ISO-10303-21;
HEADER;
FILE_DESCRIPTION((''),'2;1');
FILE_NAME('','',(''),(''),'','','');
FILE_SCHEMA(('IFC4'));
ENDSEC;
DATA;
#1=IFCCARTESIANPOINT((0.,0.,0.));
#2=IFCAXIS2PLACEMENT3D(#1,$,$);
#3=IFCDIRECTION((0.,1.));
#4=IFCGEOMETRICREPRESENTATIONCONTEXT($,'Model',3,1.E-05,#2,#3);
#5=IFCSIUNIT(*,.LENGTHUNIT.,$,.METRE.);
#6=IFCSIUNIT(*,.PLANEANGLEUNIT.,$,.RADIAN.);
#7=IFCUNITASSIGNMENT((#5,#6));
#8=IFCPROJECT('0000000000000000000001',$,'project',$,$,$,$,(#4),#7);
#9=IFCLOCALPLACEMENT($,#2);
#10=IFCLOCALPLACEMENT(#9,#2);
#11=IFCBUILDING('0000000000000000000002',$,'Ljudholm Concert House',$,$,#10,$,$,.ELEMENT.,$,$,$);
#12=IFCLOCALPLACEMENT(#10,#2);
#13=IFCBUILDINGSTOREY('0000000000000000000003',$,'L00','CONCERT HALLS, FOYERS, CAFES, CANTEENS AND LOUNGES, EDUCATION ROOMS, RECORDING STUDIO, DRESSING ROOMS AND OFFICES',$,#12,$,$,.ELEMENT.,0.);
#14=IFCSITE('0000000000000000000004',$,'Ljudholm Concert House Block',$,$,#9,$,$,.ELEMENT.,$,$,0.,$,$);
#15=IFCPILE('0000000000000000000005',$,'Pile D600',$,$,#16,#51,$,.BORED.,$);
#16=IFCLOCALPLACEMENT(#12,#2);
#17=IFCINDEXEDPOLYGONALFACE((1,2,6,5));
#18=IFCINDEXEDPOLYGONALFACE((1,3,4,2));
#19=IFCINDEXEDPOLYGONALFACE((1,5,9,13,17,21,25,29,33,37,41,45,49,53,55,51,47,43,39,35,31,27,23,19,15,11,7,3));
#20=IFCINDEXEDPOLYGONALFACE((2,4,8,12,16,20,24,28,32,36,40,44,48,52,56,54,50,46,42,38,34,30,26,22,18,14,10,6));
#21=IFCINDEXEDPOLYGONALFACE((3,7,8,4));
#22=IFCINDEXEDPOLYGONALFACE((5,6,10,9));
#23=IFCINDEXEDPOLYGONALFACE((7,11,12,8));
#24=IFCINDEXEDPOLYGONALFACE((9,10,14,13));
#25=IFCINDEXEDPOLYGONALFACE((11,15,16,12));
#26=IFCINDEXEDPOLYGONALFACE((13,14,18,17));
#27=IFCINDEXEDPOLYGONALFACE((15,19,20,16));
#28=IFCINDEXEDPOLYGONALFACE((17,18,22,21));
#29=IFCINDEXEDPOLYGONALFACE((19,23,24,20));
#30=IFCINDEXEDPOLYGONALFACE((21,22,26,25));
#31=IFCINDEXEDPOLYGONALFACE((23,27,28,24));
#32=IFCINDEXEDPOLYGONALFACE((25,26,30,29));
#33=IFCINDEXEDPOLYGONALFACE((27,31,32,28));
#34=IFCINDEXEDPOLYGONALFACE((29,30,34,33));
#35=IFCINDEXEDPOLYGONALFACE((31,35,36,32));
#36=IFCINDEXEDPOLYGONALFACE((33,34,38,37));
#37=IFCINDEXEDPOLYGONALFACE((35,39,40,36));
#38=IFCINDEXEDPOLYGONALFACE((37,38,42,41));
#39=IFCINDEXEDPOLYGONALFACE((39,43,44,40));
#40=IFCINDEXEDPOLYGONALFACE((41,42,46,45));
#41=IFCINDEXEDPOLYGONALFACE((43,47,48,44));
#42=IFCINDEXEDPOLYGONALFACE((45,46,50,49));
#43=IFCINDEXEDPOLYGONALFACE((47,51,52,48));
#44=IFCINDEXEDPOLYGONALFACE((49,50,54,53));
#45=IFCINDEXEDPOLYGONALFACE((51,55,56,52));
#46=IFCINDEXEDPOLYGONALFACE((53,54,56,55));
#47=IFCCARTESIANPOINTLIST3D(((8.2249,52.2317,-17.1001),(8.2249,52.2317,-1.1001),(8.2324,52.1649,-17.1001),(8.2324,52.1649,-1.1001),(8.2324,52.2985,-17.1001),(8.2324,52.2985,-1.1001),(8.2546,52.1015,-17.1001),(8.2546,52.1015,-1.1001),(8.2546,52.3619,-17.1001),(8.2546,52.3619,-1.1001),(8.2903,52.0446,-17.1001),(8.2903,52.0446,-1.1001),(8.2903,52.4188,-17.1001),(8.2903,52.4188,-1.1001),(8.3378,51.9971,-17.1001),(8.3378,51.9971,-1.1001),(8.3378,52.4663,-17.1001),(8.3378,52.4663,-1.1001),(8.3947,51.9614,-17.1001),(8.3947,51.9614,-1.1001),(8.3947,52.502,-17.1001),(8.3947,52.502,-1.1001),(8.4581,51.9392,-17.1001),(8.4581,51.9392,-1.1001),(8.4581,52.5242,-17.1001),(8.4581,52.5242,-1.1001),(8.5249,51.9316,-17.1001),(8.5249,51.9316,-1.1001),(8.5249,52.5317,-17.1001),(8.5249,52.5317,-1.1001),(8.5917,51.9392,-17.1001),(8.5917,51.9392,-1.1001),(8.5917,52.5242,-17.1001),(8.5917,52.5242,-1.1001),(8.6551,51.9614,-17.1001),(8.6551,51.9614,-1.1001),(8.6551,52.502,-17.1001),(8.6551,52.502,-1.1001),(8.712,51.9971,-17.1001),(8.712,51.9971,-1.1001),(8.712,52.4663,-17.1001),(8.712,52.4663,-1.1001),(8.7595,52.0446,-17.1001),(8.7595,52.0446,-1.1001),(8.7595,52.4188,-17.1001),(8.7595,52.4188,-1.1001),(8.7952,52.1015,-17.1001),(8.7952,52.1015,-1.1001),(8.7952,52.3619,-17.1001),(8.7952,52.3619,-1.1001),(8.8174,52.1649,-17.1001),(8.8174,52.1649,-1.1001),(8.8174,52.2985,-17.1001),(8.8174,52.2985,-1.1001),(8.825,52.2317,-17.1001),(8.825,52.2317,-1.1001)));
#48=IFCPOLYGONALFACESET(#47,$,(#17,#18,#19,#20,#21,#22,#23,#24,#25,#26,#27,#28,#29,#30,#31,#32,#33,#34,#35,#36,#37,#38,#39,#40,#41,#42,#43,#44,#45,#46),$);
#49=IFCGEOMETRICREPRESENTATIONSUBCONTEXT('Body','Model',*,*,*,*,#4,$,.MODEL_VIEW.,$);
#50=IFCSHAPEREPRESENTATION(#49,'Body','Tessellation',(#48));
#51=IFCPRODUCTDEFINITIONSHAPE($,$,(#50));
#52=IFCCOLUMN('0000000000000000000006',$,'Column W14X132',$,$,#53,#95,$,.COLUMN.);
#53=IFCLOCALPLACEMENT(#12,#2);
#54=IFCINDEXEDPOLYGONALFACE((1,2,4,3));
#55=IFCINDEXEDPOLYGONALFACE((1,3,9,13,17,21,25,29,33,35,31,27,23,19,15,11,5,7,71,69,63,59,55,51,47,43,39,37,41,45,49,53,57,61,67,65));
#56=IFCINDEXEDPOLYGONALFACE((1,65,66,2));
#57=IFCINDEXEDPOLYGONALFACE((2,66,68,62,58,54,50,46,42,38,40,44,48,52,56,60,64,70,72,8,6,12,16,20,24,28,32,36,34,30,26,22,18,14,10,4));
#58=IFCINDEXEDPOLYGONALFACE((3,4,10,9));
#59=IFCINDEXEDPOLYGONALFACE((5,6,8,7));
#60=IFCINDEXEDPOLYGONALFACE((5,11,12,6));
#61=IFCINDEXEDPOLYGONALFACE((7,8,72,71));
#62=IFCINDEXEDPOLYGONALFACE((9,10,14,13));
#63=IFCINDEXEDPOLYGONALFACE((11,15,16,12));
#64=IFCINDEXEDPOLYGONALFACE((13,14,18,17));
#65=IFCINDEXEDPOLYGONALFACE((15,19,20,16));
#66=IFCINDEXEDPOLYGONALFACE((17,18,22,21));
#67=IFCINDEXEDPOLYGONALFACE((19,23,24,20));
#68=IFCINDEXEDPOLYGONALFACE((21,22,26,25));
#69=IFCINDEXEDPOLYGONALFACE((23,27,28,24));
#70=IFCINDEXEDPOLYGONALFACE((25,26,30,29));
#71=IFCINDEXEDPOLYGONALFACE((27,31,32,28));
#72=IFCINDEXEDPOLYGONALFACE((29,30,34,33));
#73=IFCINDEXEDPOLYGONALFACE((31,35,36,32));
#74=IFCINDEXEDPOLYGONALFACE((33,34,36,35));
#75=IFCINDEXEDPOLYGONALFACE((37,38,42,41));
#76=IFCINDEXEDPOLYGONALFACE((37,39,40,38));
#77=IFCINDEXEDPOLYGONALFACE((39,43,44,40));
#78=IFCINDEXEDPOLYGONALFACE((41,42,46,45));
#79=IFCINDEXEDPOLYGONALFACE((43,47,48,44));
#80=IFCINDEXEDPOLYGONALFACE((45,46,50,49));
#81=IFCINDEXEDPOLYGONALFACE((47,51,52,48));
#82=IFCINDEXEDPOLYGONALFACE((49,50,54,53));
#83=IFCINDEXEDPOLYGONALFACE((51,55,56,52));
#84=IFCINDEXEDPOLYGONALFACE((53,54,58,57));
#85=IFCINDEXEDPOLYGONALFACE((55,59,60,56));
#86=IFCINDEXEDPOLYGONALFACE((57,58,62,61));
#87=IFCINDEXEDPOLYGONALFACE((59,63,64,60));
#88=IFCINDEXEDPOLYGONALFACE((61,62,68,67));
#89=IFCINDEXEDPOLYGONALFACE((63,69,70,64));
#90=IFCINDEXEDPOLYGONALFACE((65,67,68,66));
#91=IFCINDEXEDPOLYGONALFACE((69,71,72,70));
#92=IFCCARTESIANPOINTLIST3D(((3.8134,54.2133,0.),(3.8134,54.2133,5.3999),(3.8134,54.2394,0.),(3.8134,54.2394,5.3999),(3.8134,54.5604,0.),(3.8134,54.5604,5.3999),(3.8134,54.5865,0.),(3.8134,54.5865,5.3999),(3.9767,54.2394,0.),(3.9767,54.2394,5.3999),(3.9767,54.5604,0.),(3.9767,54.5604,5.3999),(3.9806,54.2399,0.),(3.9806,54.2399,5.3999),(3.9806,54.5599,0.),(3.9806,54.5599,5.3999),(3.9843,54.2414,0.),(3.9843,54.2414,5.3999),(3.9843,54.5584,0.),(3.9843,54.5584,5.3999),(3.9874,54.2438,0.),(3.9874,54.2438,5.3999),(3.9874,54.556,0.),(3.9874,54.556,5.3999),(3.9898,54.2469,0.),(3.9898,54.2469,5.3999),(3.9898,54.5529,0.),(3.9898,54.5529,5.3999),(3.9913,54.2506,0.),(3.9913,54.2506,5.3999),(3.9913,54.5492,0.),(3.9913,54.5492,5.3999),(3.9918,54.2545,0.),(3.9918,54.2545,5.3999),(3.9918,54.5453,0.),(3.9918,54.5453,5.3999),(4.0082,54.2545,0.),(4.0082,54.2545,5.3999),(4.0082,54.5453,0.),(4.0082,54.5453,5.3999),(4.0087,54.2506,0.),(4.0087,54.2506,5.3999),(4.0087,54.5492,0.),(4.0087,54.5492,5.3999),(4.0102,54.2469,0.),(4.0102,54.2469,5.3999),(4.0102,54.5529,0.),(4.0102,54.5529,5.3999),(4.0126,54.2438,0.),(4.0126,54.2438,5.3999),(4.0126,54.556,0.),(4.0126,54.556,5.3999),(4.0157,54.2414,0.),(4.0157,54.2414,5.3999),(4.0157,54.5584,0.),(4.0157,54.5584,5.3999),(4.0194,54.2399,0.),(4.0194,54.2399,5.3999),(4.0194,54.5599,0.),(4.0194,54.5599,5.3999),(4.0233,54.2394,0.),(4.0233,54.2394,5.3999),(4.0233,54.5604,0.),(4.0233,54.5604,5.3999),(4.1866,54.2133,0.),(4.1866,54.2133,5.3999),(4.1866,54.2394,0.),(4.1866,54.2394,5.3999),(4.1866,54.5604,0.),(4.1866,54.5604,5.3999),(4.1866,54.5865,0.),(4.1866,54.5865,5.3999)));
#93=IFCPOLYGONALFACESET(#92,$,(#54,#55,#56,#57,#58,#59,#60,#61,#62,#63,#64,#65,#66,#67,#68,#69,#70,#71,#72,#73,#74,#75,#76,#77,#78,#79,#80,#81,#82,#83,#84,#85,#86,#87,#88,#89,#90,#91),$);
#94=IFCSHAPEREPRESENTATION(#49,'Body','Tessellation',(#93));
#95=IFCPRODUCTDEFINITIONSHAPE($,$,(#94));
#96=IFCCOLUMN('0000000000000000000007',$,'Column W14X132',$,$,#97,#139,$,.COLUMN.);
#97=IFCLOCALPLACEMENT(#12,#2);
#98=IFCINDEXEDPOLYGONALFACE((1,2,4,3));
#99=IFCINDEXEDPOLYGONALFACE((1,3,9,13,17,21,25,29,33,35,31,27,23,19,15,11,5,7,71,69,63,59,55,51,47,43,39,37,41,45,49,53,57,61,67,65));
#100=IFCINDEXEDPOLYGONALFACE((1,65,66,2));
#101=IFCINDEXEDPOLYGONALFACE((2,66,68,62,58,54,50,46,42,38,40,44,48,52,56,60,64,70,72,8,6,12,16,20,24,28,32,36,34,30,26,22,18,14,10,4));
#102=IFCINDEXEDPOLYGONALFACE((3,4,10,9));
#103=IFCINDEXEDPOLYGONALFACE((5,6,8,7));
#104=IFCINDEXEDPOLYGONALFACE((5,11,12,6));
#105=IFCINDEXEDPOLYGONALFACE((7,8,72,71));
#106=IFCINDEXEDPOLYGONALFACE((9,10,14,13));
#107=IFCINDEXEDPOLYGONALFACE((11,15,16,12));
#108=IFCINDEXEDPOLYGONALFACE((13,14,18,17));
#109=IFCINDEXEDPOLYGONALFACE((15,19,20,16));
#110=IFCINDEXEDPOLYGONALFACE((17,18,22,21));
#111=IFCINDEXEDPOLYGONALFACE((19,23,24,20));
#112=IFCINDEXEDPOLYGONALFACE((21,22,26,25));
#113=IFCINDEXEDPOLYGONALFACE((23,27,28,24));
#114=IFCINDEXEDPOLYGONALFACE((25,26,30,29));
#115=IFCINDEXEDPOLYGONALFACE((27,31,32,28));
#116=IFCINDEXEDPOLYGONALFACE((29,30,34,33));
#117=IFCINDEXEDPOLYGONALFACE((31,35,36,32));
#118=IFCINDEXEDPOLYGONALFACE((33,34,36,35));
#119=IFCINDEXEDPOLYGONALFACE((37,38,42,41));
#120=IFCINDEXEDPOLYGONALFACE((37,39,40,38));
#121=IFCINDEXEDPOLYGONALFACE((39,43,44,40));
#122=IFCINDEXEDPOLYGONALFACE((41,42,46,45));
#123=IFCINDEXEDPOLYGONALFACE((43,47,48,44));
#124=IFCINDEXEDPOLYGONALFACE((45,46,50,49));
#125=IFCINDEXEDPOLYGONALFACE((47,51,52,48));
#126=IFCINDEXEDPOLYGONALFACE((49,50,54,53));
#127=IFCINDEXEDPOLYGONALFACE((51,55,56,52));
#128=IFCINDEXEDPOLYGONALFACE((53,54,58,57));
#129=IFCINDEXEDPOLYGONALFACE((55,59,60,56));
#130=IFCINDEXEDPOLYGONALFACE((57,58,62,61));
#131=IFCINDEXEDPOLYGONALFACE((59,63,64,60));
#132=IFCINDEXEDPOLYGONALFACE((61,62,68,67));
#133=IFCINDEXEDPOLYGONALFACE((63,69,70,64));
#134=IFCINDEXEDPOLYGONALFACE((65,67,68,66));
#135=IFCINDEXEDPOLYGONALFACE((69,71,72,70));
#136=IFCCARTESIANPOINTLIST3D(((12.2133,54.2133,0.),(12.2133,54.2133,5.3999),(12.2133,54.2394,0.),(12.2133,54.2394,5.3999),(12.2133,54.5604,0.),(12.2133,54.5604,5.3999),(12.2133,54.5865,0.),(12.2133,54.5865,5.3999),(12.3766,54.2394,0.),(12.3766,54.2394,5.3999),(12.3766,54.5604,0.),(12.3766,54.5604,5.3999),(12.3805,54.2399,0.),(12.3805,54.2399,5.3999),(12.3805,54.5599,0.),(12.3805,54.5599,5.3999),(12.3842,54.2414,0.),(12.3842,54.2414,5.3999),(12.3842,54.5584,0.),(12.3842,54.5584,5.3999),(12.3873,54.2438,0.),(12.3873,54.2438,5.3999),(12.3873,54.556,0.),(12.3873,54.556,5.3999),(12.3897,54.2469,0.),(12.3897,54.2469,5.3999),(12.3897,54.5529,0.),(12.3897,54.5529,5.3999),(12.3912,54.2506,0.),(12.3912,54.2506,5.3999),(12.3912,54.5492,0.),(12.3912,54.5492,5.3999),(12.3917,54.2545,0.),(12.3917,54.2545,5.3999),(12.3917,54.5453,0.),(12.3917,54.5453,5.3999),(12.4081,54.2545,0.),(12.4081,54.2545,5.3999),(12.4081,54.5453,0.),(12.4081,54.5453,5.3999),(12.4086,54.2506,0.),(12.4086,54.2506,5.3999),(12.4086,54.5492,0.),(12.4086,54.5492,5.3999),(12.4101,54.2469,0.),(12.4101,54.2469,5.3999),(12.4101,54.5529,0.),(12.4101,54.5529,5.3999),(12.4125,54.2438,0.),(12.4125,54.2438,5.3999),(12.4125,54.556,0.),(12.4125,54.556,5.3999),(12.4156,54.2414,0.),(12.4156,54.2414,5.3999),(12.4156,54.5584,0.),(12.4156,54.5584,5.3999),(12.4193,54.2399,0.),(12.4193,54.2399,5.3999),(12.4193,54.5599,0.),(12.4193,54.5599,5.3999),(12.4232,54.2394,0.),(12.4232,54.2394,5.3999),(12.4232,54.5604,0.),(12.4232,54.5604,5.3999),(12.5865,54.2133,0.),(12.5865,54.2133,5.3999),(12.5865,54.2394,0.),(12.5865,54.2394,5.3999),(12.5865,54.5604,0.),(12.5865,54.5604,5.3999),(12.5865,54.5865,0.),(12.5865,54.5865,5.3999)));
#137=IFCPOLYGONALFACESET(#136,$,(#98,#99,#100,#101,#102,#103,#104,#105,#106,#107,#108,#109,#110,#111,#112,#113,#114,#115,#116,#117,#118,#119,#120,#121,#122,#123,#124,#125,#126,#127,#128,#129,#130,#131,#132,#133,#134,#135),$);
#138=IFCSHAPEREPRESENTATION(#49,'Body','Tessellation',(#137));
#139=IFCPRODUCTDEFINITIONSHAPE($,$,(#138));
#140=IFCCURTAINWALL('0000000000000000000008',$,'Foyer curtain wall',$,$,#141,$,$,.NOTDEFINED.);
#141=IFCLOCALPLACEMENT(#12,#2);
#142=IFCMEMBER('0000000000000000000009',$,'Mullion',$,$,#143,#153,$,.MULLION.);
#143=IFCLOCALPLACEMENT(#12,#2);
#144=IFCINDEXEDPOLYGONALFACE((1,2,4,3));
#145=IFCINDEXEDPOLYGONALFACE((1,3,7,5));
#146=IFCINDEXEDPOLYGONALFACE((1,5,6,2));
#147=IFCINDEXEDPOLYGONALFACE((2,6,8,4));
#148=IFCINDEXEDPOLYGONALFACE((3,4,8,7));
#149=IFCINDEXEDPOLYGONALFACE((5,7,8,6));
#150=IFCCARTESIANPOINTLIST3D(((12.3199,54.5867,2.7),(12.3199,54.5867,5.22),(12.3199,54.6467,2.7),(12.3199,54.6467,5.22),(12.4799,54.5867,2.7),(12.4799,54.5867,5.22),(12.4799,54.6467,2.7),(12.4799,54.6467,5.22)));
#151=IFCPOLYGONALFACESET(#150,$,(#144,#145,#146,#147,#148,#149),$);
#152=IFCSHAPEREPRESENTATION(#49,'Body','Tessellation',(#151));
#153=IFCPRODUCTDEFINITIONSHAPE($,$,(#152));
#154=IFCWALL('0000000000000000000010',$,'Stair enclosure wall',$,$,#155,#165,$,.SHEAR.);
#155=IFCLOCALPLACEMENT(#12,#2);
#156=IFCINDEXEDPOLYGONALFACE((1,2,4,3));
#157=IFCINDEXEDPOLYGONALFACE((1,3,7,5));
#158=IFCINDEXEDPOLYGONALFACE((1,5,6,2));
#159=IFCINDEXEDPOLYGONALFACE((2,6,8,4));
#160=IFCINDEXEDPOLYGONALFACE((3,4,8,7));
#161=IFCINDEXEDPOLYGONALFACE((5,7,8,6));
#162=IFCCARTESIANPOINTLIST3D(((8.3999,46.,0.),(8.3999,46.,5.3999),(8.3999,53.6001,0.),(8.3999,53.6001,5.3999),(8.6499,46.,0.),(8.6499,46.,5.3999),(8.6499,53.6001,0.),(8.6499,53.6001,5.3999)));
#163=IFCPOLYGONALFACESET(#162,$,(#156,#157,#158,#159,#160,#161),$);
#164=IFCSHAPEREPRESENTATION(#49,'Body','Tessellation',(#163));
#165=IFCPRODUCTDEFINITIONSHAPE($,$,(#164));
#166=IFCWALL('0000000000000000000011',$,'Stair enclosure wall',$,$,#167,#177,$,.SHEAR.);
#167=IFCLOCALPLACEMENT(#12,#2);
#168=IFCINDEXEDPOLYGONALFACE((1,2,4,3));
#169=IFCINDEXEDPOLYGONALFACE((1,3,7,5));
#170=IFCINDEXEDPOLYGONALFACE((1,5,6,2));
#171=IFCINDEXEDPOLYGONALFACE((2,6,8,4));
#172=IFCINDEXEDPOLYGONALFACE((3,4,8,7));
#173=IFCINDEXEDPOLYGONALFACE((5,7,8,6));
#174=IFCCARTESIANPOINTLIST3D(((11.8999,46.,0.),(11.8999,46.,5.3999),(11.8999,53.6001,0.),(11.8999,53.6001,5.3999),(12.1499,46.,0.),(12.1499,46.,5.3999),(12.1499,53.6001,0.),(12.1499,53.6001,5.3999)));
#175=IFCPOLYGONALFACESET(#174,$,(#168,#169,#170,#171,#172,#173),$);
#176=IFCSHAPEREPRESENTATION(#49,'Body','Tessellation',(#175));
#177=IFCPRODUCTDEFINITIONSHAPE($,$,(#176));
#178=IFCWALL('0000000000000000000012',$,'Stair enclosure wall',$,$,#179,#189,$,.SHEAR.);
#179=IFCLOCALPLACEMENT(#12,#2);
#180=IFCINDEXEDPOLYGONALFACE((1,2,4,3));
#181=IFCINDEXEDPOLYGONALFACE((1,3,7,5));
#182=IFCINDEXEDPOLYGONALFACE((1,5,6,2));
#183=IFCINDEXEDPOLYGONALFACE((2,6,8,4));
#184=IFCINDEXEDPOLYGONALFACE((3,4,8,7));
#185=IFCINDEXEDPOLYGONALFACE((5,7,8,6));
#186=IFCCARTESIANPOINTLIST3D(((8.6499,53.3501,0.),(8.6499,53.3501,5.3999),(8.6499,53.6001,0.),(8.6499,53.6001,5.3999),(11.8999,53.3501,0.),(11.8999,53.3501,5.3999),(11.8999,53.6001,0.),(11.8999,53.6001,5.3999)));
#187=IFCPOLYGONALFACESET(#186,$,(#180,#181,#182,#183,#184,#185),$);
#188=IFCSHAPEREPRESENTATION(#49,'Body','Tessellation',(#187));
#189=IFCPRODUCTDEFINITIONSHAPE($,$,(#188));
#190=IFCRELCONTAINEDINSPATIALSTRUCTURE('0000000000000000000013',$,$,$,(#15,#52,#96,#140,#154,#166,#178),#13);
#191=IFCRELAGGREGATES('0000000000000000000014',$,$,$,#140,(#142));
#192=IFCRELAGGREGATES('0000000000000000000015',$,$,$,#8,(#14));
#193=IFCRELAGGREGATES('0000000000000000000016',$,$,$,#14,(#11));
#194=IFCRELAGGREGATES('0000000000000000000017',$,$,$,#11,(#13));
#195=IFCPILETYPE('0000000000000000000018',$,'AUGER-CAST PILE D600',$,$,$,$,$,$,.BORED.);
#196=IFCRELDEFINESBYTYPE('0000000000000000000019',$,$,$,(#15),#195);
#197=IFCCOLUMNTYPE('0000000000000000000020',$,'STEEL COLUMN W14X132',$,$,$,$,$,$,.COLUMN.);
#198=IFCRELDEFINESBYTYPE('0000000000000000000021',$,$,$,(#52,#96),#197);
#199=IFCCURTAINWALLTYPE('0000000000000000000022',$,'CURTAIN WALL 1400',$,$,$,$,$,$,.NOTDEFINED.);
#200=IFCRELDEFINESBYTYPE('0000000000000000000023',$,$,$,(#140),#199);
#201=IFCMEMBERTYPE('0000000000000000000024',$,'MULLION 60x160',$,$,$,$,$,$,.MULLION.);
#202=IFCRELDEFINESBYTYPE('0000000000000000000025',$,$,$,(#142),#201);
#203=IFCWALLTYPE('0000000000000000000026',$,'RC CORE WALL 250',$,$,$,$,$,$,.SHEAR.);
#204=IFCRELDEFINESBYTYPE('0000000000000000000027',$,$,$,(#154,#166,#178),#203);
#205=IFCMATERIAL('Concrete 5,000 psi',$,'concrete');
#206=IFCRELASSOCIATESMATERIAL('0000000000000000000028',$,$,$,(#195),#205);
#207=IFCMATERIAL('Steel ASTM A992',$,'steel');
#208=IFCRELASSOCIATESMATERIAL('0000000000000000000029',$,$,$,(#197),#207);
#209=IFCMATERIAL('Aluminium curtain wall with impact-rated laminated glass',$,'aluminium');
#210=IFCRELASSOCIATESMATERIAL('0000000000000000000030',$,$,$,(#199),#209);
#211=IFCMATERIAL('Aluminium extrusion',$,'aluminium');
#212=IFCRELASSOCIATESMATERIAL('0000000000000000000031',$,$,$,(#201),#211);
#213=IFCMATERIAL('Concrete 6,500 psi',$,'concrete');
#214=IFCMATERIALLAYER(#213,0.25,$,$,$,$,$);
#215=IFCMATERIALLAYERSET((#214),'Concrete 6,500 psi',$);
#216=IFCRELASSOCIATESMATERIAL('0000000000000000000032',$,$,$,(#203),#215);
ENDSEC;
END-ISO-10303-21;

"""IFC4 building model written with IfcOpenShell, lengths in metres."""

from ifc_helpers import new_model, si_unit, direction, frame, frame_2d, origin, origin_2d, place, context, subcontext, project, spatial, rectangle, circle, i_section, extrude, material, layer, layer_set, material_profile, profile_set, type_object, element, aggregate, save


model = new_model("IFC4")

# Units and contexts
model_context = context("Model", 3, precision=1e-05, world=origin(), true_north=direction((0.0, 1.0)))
body_context = subcontext(model_context, "Body", "Model", "MODEL_VIEW")
ifc_project = project(units=[si_unit("LENGTHUNIT", "METRE"), si_unit("PLANEANGLEUNIT", "RADIAN")], contexts=[model_context])

# Site, building, storey
site_placement = place(None, origin())
site = spatial("IfcSite", under=ifc_project, at=site_placement, Name="Ljudholm Concert House Block", CompositionType="ELEMENT", RefElevation=0.0)
building_placement = place(site_placement, origin())
building = spatial("IfcBuilding", under=site, at=building_placement, Name="Ljudholm Concert House", CompositionType="ELEMENT")
storey_placement = place(building_placement, origin())
storey = spatial("IfcBuildingStorey", under=building, at=storey_placement, Name="L00", Description="CONCERT HALLS, FOYERS, CAFES, CANTEENS AND LOUNGES, EDUCATION ROOMS, RECORDING STUDIO, DRESSING ROOMS AND OFFICES", CompositionType="ELEMENT", Elevation=0.0)

# Pile
ifc_material_1 = material(Name="Concrete 5,000 psi", Category="concrete")
ifc_material_profile_1 = material_profile(ifc_material_1, circle(Radius=0.3, at=origin_2d()), Name="AUGER-CAST PILE D600")
ifc_profile_set_1 = profile_set([ifc_material_profile_1], Name="Concrete 5,000 psi")
pile_type = type_object("IfcPileType", Name="AUGER-CAST PILE D600", PredefinedType="BORED", material=ifc_profile_set_1)
for number, where, z_axis, x_axis, name in (
    (1, (8.5249, 52.2317, -1.1001), (0.0, 0.0, -1.0), (1.0, 0.0, 0.0), "Pile D600"),
):
    element("IfcPile", number, at=place(storey_placement, frame(where, z_axis=z_axis, x_axis=x_axis)), inside=storey, type_object=pile_type, Name=name, PredefinedType="BORED", context=body_context, shape_type="SweptSolid", body=[
        extrude(circle(Radius=0.3, at=origin_2d()), origin(), (0.0, 0.0, 1.0), 16.0),
    ])

# Columns
ifc_material_2 = material(Name="Steel ASTM A992", Category="steel")
ifc_material_profile_2 = material_profile(ifc_material_2, i_section(OverallWidth=0.3733, OverallDepth=0.3733, WebThickness=0.0164, FlangeThickness=0.0261, FilletRadius=0.0151, at=origin_2d()), Name="W14X132")
ifc_profile_set_2 = profile_set([ifc_material_profile_2], Name="Steel ASTM A992")
column_type = type_object("IfcColumnType", Name="STEEL COLUMN W14X132", PredefinedType="COLUMN", material=ifc_profile_set_2)
for number, where, z_axis, x_axis, name in (
    (2, (4.0, 54.3999, 0.0), (0.0, 0.0, 1.0), (1.0, 0.0, 0.0), "Column W14X132"),
    (3, (12.3999, 54.3999, 0.0), (0.0, 0.0, 1.0), (1.0, 0.0, 0.0), "Column W14X132"),
):
    element("IfcColumn", number, at=place(storey_placement, frame(where, z_axis=z_axis, x_axis=x_axis)), inside=storey, type_object=column_type, Name=name, PredefinedType="COLUMN", context=body_context, shape_type="SweptSolid", body=[
        extrude(i_section(OverallWidth=0.3733, OverallDepth=0.3733, WebThickness=0.0164, FlangeThickness=0.0261, FilletRadius=0.0151, at=origin_2d()), origin(), (0.0, 0.0, 1.0), 5.3999),
    ])

# Curtain wall, member
ifc_material_3 = material(Name="Aluminium curtain wall with impact-rated laminated glass", Category="aluminium")
curtain_wall_type = type_object("IfcCurtainWallType", Name="CURTAIN WALL 1400", PredefinedType="NOTDEFINED", material=ifc_material_3)
curtain_wall_placement = place(storey_placement, origin())
curtain_wall = element("IfcCurtainWall", 4, at=curtain_wall_placement, inside=storey, type_object=curtain_wall_type, Name="Foyer curtain wall", PredefinedType="NOTDEFINED")
ifc_material_4 = material(Name="Aluminium extrusion", Category="aluminium")
ifc_material_profile_3 = material_profile(ifc_material_4, rectangle(XDim=0.1599, YDim=0.0601, at=origin_2d()), Name="MULLION 60x160")
ifc_profile_set_3 = profile_set([ifc_material_profile_3], Name="Aluminium extrusion")
member_type = type_object("IfcMemberType", Name="MULLION 60x160", PredefinedType="MULLION", material=ifc_profile_set_3)
member_placement = place(storey_placement, frame((12.3999, 54.6167, 2.7), z_axis=(0.0, 0.0, 1.0), x_axis=(-1.0, 0.0, 0.0)))
member = element("IfcMember", 5, at=member_placement, type_object=member_type, Name="Mullion", PredefinedType="MULLION", context=body_context, shape_type="SweptSolid", body=[
    extrude(rectangle(XDim=0.1599, YDim=0.0601, at=origin_2d()), origin(), (0.0, 0.0, 1.0), 2.52),
])
aggregate(curtain_wall, [member])

# Walls
ifc_material_5 = material(Name="Concrete 6,500 psi", Category="concrete")
ifc_layer_1 = layer(ifc_material_5, 0.25)
ifc_layer_set_1 = layer_set([ifc_layer_1], Name="Concrete 6,500 psi")
wall_type_1 = type_object("IfcWallType", Name="RC CORE WALL 250", PredefinedType="SHEAR", material=ifc_layer_set_1)
for number, where, z_axis, x_axis, name in (
    (6, (8.5249, 46.0, 0.0), (0.0, 0.0, 1.0), (0.0, 1.0, 0.0), "Stair enclosure wall"),
    (7, (12.0249, 46.0, 0.0), (0.0, 0.0, 1.0), (0.0, 1.0, 0.0), "Stair enclosure wall"),
):
    element("IfcWall", number, at=place(storey_placement, frame(where, z_axis=z_axis, x_axis=x_axis)), inside=storey, type_object=wall_type_1, Name=name, PredefinedType="SHEAR", context=body_context, shape_type="SweptSolid", body=[
        extrude(rectangle(XDim=7.6001, YDim=0.25, at=frame_2d((3.8, 0.0))), origin(), (0.0, 0.0, 1.0), 5.3999),
    ])
wall_1_placement = place(storey_placement, frame((8.6499, 53.4751, 0.0), z_axis=(0.0, 0.0, 1.0), x_axis=(1.0, 0.0, 0.0)))
element("IfcWall", 8, at=wall_1_placement, inside=storey, type_object=wall_type_1, Name="Stair enclosure wall", PredefinedType="SHEAR", context=body_context, shape_type="SweptSolid", body=[
    extrude(rectangle(XDim=3.25, YDim=0.25, at=frame_2d((1.625, 0.0))), origin(), (0.0, 0.0, 1.0), 5.3999),
])

save(model, "model.ifc")
